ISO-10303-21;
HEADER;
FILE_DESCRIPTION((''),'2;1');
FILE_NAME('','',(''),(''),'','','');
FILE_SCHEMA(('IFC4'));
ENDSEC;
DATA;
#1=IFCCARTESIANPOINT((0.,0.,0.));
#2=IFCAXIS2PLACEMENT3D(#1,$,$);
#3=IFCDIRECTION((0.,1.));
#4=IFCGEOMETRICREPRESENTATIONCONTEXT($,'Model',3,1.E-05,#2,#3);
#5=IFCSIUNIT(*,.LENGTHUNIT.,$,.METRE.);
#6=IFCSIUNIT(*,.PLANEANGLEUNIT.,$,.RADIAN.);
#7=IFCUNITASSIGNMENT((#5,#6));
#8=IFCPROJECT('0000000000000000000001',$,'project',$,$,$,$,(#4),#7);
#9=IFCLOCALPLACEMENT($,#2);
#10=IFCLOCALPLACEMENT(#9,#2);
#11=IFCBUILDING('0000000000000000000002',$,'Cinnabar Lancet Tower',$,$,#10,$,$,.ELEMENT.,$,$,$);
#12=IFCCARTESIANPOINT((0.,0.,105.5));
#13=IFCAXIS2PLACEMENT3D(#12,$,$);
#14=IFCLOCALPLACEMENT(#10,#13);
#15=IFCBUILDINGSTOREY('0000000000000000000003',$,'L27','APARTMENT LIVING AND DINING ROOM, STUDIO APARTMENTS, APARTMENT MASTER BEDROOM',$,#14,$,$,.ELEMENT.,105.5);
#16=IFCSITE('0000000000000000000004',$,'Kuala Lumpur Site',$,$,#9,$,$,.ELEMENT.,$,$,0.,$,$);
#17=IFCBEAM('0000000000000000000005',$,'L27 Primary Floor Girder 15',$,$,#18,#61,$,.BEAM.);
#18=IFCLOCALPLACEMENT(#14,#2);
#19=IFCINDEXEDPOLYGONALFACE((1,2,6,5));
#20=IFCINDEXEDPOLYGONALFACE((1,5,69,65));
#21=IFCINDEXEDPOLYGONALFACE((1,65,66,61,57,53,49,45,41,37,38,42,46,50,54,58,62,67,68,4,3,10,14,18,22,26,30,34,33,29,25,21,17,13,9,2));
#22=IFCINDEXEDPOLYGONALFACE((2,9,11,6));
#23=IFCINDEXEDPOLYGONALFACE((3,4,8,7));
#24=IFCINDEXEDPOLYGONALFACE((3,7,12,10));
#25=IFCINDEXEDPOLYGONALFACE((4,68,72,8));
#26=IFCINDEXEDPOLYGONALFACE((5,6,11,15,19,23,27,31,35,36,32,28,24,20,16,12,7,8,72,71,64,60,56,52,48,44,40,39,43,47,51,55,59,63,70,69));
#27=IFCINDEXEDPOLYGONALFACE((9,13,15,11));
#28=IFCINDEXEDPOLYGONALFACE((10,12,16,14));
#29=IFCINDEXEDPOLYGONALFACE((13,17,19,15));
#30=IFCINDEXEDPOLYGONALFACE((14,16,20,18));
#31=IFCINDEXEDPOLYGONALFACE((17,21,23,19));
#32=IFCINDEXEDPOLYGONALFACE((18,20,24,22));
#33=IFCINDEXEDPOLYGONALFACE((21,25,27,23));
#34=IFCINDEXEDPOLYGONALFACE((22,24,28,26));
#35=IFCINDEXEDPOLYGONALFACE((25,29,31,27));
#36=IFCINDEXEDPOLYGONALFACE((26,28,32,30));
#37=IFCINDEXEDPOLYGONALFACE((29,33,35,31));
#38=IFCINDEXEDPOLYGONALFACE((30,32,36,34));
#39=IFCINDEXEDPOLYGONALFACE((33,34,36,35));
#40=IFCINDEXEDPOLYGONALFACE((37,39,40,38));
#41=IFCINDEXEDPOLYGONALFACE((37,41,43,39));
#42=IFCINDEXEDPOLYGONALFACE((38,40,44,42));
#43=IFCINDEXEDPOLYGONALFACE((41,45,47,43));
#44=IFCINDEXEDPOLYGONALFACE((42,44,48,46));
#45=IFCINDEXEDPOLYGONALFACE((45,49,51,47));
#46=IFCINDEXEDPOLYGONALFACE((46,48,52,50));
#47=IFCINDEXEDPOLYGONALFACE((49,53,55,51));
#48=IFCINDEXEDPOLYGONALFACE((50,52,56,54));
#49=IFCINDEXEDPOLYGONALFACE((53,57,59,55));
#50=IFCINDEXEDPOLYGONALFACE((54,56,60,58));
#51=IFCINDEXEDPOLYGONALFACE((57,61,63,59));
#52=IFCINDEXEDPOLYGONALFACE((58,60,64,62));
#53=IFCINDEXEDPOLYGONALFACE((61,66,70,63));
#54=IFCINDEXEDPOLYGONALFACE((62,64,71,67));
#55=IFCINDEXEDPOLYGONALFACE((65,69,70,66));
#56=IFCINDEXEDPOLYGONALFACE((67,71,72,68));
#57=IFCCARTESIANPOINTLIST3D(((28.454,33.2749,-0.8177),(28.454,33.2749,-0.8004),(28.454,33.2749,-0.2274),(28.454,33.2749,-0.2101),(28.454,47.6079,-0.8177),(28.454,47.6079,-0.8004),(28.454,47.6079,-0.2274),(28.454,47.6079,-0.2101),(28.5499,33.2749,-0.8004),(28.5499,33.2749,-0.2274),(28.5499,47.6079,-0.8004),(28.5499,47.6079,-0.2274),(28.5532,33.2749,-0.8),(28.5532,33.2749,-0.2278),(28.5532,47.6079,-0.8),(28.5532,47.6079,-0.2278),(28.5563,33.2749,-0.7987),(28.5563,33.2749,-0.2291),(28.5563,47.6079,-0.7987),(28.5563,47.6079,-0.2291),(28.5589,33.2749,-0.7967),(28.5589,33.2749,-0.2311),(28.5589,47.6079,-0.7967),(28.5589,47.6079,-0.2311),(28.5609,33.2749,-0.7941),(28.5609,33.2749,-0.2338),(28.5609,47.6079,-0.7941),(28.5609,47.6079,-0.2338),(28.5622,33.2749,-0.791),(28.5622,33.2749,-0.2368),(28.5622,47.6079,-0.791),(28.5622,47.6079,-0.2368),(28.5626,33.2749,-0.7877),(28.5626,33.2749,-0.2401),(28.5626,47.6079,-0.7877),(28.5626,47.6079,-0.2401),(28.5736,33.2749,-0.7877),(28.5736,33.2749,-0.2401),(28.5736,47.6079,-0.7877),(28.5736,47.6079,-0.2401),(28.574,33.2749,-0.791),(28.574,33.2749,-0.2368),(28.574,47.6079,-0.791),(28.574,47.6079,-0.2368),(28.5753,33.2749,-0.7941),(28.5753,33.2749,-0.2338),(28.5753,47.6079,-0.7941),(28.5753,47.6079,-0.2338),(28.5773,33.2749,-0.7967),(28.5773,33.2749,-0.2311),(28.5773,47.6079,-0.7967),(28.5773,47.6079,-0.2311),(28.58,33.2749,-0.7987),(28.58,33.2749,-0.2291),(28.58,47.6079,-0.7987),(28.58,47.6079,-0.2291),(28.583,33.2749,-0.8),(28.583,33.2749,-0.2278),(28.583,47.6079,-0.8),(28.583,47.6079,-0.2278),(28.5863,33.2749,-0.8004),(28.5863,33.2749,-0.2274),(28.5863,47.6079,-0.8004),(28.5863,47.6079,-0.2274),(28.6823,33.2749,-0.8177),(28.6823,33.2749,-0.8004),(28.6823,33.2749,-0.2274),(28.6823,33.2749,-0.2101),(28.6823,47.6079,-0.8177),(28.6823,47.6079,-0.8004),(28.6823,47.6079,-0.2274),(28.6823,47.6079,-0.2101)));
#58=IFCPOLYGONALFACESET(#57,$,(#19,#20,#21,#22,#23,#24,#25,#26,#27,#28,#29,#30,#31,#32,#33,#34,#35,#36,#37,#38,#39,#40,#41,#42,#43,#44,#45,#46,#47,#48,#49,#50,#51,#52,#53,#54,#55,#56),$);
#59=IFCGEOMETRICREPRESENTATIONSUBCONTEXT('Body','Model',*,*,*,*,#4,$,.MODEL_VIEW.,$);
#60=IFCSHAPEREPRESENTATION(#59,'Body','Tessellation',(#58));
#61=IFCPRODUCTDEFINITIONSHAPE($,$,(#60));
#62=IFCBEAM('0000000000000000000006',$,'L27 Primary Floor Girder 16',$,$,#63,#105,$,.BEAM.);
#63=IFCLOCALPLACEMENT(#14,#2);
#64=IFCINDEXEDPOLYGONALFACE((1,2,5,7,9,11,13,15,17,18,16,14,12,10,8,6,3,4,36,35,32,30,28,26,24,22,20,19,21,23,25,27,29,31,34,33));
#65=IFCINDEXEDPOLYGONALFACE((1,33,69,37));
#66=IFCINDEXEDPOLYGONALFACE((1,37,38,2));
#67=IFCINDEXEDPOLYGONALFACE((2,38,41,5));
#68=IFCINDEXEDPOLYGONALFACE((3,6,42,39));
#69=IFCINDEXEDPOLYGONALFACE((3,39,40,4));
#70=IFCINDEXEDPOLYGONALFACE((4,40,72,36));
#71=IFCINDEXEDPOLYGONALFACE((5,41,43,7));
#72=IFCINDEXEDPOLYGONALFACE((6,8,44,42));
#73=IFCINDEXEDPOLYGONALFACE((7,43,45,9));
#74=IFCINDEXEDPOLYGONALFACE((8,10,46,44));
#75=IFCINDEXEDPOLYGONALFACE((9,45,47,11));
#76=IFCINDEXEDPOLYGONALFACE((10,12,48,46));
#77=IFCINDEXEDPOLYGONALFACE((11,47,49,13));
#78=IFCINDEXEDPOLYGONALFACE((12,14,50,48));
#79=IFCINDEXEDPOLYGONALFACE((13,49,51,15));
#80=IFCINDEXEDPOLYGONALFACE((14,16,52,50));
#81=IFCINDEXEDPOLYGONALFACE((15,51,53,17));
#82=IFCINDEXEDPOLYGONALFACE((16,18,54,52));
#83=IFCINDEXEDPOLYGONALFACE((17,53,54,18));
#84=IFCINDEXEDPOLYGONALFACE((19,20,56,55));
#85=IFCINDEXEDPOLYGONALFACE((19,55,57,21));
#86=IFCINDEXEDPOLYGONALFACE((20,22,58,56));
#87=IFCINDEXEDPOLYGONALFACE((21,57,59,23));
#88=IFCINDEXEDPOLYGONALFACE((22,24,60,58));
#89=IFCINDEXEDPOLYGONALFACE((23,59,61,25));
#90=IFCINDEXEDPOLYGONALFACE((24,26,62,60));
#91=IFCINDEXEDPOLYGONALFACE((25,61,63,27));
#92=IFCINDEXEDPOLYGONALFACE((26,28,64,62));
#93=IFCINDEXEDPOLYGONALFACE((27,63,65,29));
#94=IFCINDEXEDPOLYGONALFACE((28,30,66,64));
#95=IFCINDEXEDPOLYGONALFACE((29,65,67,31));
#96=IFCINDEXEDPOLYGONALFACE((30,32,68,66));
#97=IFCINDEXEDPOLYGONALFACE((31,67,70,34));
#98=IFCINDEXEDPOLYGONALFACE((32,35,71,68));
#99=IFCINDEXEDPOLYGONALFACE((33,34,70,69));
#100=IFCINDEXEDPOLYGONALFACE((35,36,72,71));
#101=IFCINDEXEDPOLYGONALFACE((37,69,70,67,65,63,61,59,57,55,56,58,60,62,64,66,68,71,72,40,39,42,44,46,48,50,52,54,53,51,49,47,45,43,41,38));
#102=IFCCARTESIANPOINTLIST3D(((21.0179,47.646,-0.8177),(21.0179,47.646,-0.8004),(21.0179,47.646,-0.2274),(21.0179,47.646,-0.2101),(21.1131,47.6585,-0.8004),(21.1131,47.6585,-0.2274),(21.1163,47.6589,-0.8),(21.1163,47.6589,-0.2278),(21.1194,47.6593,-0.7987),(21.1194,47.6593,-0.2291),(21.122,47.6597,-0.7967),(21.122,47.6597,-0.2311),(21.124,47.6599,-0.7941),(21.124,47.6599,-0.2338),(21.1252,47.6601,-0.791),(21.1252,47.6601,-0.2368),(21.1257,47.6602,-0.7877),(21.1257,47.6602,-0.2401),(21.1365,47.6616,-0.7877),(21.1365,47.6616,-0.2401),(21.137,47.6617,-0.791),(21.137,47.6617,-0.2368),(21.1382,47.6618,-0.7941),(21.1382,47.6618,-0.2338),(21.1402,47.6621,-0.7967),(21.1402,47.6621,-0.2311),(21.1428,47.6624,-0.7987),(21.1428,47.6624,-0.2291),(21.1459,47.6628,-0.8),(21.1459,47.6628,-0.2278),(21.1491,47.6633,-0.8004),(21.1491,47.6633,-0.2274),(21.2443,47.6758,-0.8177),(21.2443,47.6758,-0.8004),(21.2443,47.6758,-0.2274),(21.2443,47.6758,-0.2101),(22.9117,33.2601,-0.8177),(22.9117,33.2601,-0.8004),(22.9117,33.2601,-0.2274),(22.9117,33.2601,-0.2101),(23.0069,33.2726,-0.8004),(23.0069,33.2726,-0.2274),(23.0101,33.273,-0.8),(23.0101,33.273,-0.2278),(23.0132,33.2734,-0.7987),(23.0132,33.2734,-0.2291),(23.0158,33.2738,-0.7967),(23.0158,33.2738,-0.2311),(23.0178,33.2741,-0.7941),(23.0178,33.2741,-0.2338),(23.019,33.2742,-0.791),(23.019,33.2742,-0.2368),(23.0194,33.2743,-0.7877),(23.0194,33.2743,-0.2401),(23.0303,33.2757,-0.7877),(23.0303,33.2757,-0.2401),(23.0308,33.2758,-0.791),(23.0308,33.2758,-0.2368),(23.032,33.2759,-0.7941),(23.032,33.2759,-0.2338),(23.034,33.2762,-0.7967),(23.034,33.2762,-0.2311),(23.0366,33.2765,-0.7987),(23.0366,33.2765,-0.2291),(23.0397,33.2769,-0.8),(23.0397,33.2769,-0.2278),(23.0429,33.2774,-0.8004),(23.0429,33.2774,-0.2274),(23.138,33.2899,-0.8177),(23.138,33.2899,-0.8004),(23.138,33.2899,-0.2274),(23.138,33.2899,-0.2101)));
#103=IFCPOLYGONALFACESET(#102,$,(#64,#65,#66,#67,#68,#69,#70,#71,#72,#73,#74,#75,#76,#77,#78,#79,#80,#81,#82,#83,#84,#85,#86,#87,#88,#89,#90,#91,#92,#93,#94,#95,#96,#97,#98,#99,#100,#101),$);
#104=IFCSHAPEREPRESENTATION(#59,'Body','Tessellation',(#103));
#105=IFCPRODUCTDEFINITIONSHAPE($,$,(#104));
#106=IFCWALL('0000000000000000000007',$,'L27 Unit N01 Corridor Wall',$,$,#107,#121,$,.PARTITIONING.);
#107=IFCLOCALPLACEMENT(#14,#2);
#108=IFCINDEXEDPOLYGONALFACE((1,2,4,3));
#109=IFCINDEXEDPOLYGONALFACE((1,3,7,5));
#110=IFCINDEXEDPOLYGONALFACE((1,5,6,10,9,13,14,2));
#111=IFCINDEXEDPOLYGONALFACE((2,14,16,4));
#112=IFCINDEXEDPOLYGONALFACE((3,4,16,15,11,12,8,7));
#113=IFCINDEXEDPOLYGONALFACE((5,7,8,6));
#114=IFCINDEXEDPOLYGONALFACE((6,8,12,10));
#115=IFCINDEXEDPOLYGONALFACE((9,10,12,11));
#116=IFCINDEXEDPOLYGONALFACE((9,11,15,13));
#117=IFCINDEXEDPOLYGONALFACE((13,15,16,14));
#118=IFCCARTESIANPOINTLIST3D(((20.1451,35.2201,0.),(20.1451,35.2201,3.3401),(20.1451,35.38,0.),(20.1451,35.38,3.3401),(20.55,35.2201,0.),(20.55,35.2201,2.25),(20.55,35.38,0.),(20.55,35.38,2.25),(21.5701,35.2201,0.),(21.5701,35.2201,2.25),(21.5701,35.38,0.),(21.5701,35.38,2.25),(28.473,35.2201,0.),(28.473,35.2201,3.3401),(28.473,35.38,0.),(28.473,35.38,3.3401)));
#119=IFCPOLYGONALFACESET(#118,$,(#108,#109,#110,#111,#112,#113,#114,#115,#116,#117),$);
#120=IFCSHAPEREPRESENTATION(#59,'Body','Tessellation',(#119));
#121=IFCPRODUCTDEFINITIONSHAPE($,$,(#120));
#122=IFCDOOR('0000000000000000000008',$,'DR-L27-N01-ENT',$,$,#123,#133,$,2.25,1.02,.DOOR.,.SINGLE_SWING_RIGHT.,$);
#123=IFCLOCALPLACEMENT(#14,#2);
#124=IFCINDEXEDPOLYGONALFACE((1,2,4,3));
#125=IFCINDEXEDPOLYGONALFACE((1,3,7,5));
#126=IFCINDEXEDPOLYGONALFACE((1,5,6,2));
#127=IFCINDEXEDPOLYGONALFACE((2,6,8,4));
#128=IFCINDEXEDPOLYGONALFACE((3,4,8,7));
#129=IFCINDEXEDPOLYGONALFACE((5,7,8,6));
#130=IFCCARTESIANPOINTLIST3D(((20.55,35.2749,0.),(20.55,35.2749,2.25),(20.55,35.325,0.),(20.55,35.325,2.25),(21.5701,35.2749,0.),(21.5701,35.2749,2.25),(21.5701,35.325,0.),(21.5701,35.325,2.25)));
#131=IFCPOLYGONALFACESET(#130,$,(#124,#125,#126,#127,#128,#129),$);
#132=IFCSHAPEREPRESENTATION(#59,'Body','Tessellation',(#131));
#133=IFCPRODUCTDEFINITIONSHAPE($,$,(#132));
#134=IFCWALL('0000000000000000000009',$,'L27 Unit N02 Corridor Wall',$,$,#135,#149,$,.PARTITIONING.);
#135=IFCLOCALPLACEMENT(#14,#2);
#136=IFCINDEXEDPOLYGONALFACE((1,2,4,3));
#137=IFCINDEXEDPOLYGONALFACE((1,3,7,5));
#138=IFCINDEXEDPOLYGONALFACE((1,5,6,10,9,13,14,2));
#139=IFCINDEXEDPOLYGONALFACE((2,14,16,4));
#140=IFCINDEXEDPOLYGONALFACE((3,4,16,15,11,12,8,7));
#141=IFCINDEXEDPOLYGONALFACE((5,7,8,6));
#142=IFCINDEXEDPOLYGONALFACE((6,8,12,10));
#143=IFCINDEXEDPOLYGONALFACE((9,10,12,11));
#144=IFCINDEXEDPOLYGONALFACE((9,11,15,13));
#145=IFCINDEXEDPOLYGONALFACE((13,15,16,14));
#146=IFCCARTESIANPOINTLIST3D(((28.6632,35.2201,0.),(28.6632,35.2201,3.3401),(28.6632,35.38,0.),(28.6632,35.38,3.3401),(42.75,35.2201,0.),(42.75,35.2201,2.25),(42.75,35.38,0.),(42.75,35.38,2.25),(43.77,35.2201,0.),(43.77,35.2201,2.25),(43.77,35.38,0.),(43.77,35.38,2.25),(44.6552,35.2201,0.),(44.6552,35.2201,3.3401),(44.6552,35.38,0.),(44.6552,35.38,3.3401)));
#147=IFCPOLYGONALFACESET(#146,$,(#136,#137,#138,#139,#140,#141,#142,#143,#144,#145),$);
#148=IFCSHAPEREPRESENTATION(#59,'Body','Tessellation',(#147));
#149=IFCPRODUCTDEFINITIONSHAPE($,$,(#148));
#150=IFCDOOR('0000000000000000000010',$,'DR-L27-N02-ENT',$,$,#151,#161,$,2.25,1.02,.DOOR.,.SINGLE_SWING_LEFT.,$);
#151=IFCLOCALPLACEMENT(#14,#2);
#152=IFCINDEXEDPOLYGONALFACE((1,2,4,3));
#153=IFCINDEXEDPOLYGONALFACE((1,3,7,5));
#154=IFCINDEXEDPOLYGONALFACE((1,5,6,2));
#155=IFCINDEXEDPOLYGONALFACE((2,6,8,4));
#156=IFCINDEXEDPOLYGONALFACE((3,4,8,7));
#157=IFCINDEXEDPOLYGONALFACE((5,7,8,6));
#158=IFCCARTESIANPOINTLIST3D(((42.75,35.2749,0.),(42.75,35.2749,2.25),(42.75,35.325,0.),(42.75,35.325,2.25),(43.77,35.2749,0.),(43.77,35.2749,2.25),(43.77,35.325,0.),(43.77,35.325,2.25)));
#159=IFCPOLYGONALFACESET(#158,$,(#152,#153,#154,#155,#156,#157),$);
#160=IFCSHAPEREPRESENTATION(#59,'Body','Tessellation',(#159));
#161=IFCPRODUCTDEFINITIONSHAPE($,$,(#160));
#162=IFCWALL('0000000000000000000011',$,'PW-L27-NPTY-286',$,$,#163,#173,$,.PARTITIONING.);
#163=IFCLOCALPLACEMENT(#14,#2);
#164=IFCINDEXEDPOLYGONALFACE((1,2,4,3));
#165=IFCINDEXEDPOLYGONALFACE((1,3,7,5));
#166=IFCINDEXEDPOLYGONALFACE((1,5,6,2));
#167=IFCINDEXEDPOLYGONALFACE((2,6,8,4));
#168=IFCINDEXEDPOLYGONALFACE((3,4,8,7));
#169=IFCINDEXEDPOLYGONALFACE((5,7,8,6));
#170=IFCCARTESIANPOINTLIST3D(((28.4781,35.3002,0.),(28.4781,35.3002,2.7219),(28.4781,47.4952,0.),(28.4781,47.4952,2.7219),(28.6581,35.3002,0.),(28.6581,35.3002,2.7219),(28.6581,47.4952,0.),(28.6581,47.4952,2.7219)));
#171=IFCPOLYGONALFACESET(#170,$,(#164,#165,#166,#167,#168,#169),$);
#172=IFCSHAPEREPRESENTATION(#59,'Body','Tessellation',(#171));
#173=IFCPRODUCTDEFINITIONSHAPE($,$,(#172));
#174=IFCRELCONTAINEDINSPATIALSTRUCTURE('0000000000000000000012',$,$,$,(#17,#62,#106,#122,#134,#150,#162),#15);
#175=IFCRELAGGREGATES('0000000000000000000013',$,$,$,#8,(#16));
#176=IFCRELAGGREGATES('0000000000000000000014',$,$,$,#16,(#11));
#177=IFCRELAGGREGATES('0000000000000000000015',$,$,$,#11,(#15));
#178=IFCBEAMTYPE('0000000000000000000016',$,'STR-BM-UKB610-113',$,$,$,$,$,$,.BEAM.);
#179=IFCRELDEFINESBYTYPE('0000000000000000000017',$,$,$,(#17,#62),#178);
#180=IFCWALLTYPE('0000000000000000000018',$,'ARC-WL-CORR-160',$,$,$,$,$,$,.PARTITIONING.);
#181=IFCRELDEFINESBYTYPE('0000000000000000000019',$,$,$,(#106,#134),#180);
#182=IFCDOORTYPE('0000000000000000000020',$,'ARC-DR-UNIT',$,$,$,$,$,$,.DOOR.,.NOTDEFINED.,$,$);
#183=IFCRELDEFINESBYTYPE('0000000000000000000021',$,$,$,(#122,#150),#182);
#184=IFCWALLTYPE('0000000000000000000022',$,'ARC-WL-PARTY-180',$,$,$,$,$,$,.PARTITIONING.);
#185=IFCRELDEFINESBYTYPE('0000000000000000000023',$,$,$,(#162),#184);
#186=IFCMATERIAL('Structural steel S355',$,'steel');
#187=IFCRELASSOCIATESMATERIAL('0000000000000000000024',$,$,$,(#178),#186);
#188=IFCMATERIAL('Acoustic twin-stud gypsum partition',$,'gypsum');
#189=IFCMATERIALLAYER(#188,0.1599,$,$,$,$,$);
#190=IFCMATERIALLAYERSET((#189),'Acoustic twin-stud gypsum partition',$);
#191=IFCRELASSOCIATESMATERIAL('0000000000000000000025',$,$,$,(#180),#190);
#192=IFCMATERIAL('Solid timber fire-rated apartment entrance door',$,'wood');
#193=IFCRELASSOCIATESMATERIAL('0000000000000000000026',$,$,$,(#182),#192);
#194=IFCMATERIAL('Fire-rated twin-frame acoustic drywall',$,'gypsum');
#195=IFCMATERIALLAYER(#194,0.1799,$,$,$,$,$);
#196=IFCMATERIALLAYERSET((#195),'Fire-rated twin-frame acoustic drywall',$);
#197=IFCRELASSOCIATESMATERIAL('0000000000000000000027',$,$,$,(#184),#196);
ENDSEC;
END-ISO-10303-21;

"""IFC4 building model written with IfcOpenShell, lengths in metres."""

from ifc_helpers import new_model, si_unit, direction, frame, frame_2d, origin, origin_2d, place, context, subcontext, project, spatial, rectangle, i_section, extrude, material, layer, layer_set, material_profile, profile_set, type_object, element, fill, save


model = new_model("IFC4")

# Units and contexts
model_context = context("Model", 3, precision=1e-05, world=origin(), true_north=direction((0.0, 1.0)))
body_context = subcontext(model_context, "Body", "Model", "MODEL_VIEW")
ifc_project = project(units=[si_unit("LENGTHUNIT", "METRE"), si_unit("PLANEANGLEUNIT", "RADIAN")], contexts=[model_context])

# Site, building, storey
site_placement = place(None, origin())
site = spatial("IfcSite", under=ifc_project, at=site_placement, Name="Kuala Lumpur Site", CompositionType="ELEMENT", RefElevation=0.0)
building_placement = place(site_placement, origin())
building = spatial("IfcBuilding", under=site, at=building_placement, Name="Cinnabar Lancet Tower", CompositionType="ELEMENT")
storey_placement = place(building_placement, frame((0.0, 0.0, 105.5)))
storey = spatial("IfcBuildingStorey", under=building, at=storey_placement, Name="L27", Description="APARTMENT LIVING AND DINING ROOM, STUDIO APARTMENTS, APARTMENT MASTER BEDROOM", CompositionType="ELEMENT", Elevation=105.5)

# Beams
ifc_material_1 = material(Name="Structural steel S355", Category="steel")
ifc_material_profile_1 = material_profile(ifc_material_1, i_section(OverallWidth=0.2283, OverallDepth=0.6077, WebThickness=0.011, FlangeThickness=0.0173, FilletRadius=0.0127, at=origin_2d()), Name="UKB 610x229x113")
ifc_profile_set_1 = profile_set([ifc_material_profile_1], Name="Structural steel S355")
beam_type_1 = type_object("IfcBeamType", Name="STR-BM-UKB610-113", PredefinedType="BEAM", material=ifc_profile_set_1)
beam_1_placement = place(storey_placement, frame((28.5681, 47.6079, -0.5139), z_axis=(0.0, -1.0, 0.0), x_axis=(1.0, 0.0, 0.0)))
element("IfcBeam", 1, at=beam_1_placement, inside=storey, type_object=beam_type_1, Name="L27 Primary Floor Girder 15", PredefinedType="BEAM", context=body_context, shape_type="SweptSolid", body=[
    extrude(i_section(OverallWidth=0.2283, OverallDepth=0.6077, WebThickness=0.011, FlangeThickness=0.0173, FilletRadius=0.0127, at=origin_2d()), origin(), (0.0, 0.0, 1.0), 14.333),
])
beam_2_placement = place(storey_placement, frame((21.1311, 47.6609, -0.5139), z_axis=(0.130516, -0.991446, 0.0), x_axis=(0.991446, 0.130516, 0.0)))
element("IfcBeam", 2, at=beam_2_placement, inside=storey, type_object=beam_type_1, Name="L27 Primary Floor Girder 16", PredefinedType="BEAM", context=body_context, shape_type="SweptSolid", body=[
    extrude(i_section(OverallWidth=0.2283, OverallDepth=0.6077, WebThickness=0.011, FlangeThickness=0.0173, FilletRadius=0.0127, at=origin_2d()), origin(), (0.0, 0.0, 1.0), 14.51),
])

# Walls, openings, doors
ifc_material_2 = material(Name="Acoustic twin-stud gypsum partition", Category="gypsum")
ifc_layer_1 = layer(ifc_material_2, 0.1599)
ifc_layer_set_1 = layer_set([ifc_layer_1], Name="Acoustic twin-stud gypsum partition")
wall_type_1 = type_object("IfcWallType", Name="ARC-WL-CORR-160", PredefinedType="PARTITIONING", material=ifc_layer_set_1)
wall_1_placement = place(storey_placement, frame((20.145, 35.3, 0.0), z_axis=(0.0, 0.0, 1.0), x_axis=(1.0, 0.0, 0.0)))
wall_1 = element("IfcWall", 3, at=wall_1_placement, inside=storey, type_object=wall_type_1, Name="L27 Unit N01 Corridor Wall", PredefinedType="PARTITIONING", context=body_context, shape_type="SweptSolid", body=[
    extrude(rectangle(XDim=8.3279, YDim=0.1599, at=frame_2d((4.1641, 0.0))), origin(), (0.0, 0.0, 1.0), 3.3401),
])
opening_1_placement = place(wall_1_placement, frame((0.405, 0.0, 0.0)))
opening_1 = element("IfcOpeningElement", 4, at=opening_1_placement, cuts=wall_1, PredefinedType="OPENING", context=body_context, shape_type="SweptSolid", body=[
    extrude(rectangle(XDim=1.02, YDim=2.25, at=frame_2d((0.51, 1.125))), frame((0.0, 0.0898, 0.0), z_axis=(0.0, -1.0, 0.0), x_axis=(1.0, 0.0, 0.0)), (0.0, 0.0, 1.0), 0.1799),
])
ifc_material_3 = material(Name="Solid timber fire-rated apartment entrance door", Category="wood")
door_type_1 = type_object("IfcDoorType", Name="ARC-DR-UNIT", OperationType="NOTDEFINED", PredefinedType="DOOR", material=ifc_material_3)
door_1_placement = place(opening_1_placement, origin())
door_1 = element("IfcDoor", 5, at=door_1_placement, inside=storey, type_object=door_type_1, Name="DR-L27-N01-ENT", OperationType="SINGLE_SWING_RIGHT", OverallHeight=2.25, OverallWidth=1.02, PredefinedType="DOOR", context=body_context, shape_type="SweptSolid", body=[
    extrude(rectangle(XDim=1.02, YDim=2.25, at=frame_2d((0.51, 1.125))), frame((0.0, 0.0249, 0.0), z_axis=(0.0, -1.0, 0.0), x_axis=(1.0, 0.0, 0.0)), (0.0, 0.0, 1.0), 0.05),
])
fill(opening_1, door_1)
wall_2_placement = place(storey_placement, frame((28.6631, 35.3, 0.0), z_axis=(0.0, 0.0, 1.0), x_axis=(1.0, 0.0, 0.0)))
wall_2 = element("IfcWall", 6, at=wall_2_placement, inside=storey, type_object=wall_type_1, Name="L27 Unit N02 Corridor Wall", PredefinedType="PARTITIONING", context=body_context, shape_type="SweptSolid", body=[
    extrude(rectangle(XDim=15.9919, YDim=0.1599, at=frame_2d((7.9961, 0.0))), origin(), (0.0, 0.0, 1.0), 3.3401),
])
opening_2_placement = place(wall_2_placement, frame((14.0869, 0.0, 0.0)))
opening_2 = element("IfcOpeningElement", 7, at=opening_2_placement, cuts=wall_2, PredefinedType="OPENING", context=body_context, shape_type="SweptSolid", body=[
    extrude(rectangle(XDim=1.02, YDim=2.25, at=frame_2d((0.51, 1.125))), frame((0.0, 0.0898, 0.0), z_axis=(0.0, -1.0, 0.0), x_axis=(1.0, 0.0, 0.0)), (0.0, 0.0, 1.0), 0.1799),
])
door_2_placement = place(opening_2_placement, origin())
door_2 = element("IfcDoor", 8, at=door_2_placement, inside=storey, type_object=door_type_1, Name="DR-L27-N02-ENT", OperationType="SINGLE_SWING_LEFT", OverallHeight=2.25, OverallWidth=1.02, PredefinedType="DOOR", context=body_context, shape_type="SweptSolid", body=[
    extrude(rectangle(XDim=1.02, YDim=2.25, at=frame_2d((0.51, 1.125))), frame((0.0, 0.0249, 0.0), z_axis=(0.0, -1.0, 0.0), x_axis=(1.0, 0.0, 0.0)), (0.0, 0.0, 1.0), 0.05),
])
fill(opening_2, door_2)

# Wall
ifc_material_4 = material(Name="Fire-rated twin-frame acoustic drywall", Category="gypsum")
ifc_layer_2 = layer(ifc_material_4, 0.1799)
ifc_layer_set_2 = layer_set([ifc_layer_2], Name="Fire-rated twin-frame acoustic drywall")
wall_type_2 = type_object("IfcWallType", Name="ARC-WL-PARTY-180", PredefinedType="PARTITIONING", material=ifc_layer_set_2)
wall_3_placement = place(storey_placement, frame((28.5681, 35.3, 0.0), z_axis=(0.0, 0.0, 1.0), x_axis=(0.0, 1.0, 0.0)))
element("IfcWall", 9, at=wall_3_placement, inside=storey, type_object=wall_type_2, Name="PW-L27-NPTY-286", PredefinedType="PARTITIONING", context=body_context, shape_type="SweptSolid", body=[
    extrude(rectangle(XDim=12.1951, YDim=0.1799, at=frame_2d((6.0977, 0.0))), origin(), (0.0, 0.0, 1.0), 2.7219),
])

save(model, "model.ifc")
